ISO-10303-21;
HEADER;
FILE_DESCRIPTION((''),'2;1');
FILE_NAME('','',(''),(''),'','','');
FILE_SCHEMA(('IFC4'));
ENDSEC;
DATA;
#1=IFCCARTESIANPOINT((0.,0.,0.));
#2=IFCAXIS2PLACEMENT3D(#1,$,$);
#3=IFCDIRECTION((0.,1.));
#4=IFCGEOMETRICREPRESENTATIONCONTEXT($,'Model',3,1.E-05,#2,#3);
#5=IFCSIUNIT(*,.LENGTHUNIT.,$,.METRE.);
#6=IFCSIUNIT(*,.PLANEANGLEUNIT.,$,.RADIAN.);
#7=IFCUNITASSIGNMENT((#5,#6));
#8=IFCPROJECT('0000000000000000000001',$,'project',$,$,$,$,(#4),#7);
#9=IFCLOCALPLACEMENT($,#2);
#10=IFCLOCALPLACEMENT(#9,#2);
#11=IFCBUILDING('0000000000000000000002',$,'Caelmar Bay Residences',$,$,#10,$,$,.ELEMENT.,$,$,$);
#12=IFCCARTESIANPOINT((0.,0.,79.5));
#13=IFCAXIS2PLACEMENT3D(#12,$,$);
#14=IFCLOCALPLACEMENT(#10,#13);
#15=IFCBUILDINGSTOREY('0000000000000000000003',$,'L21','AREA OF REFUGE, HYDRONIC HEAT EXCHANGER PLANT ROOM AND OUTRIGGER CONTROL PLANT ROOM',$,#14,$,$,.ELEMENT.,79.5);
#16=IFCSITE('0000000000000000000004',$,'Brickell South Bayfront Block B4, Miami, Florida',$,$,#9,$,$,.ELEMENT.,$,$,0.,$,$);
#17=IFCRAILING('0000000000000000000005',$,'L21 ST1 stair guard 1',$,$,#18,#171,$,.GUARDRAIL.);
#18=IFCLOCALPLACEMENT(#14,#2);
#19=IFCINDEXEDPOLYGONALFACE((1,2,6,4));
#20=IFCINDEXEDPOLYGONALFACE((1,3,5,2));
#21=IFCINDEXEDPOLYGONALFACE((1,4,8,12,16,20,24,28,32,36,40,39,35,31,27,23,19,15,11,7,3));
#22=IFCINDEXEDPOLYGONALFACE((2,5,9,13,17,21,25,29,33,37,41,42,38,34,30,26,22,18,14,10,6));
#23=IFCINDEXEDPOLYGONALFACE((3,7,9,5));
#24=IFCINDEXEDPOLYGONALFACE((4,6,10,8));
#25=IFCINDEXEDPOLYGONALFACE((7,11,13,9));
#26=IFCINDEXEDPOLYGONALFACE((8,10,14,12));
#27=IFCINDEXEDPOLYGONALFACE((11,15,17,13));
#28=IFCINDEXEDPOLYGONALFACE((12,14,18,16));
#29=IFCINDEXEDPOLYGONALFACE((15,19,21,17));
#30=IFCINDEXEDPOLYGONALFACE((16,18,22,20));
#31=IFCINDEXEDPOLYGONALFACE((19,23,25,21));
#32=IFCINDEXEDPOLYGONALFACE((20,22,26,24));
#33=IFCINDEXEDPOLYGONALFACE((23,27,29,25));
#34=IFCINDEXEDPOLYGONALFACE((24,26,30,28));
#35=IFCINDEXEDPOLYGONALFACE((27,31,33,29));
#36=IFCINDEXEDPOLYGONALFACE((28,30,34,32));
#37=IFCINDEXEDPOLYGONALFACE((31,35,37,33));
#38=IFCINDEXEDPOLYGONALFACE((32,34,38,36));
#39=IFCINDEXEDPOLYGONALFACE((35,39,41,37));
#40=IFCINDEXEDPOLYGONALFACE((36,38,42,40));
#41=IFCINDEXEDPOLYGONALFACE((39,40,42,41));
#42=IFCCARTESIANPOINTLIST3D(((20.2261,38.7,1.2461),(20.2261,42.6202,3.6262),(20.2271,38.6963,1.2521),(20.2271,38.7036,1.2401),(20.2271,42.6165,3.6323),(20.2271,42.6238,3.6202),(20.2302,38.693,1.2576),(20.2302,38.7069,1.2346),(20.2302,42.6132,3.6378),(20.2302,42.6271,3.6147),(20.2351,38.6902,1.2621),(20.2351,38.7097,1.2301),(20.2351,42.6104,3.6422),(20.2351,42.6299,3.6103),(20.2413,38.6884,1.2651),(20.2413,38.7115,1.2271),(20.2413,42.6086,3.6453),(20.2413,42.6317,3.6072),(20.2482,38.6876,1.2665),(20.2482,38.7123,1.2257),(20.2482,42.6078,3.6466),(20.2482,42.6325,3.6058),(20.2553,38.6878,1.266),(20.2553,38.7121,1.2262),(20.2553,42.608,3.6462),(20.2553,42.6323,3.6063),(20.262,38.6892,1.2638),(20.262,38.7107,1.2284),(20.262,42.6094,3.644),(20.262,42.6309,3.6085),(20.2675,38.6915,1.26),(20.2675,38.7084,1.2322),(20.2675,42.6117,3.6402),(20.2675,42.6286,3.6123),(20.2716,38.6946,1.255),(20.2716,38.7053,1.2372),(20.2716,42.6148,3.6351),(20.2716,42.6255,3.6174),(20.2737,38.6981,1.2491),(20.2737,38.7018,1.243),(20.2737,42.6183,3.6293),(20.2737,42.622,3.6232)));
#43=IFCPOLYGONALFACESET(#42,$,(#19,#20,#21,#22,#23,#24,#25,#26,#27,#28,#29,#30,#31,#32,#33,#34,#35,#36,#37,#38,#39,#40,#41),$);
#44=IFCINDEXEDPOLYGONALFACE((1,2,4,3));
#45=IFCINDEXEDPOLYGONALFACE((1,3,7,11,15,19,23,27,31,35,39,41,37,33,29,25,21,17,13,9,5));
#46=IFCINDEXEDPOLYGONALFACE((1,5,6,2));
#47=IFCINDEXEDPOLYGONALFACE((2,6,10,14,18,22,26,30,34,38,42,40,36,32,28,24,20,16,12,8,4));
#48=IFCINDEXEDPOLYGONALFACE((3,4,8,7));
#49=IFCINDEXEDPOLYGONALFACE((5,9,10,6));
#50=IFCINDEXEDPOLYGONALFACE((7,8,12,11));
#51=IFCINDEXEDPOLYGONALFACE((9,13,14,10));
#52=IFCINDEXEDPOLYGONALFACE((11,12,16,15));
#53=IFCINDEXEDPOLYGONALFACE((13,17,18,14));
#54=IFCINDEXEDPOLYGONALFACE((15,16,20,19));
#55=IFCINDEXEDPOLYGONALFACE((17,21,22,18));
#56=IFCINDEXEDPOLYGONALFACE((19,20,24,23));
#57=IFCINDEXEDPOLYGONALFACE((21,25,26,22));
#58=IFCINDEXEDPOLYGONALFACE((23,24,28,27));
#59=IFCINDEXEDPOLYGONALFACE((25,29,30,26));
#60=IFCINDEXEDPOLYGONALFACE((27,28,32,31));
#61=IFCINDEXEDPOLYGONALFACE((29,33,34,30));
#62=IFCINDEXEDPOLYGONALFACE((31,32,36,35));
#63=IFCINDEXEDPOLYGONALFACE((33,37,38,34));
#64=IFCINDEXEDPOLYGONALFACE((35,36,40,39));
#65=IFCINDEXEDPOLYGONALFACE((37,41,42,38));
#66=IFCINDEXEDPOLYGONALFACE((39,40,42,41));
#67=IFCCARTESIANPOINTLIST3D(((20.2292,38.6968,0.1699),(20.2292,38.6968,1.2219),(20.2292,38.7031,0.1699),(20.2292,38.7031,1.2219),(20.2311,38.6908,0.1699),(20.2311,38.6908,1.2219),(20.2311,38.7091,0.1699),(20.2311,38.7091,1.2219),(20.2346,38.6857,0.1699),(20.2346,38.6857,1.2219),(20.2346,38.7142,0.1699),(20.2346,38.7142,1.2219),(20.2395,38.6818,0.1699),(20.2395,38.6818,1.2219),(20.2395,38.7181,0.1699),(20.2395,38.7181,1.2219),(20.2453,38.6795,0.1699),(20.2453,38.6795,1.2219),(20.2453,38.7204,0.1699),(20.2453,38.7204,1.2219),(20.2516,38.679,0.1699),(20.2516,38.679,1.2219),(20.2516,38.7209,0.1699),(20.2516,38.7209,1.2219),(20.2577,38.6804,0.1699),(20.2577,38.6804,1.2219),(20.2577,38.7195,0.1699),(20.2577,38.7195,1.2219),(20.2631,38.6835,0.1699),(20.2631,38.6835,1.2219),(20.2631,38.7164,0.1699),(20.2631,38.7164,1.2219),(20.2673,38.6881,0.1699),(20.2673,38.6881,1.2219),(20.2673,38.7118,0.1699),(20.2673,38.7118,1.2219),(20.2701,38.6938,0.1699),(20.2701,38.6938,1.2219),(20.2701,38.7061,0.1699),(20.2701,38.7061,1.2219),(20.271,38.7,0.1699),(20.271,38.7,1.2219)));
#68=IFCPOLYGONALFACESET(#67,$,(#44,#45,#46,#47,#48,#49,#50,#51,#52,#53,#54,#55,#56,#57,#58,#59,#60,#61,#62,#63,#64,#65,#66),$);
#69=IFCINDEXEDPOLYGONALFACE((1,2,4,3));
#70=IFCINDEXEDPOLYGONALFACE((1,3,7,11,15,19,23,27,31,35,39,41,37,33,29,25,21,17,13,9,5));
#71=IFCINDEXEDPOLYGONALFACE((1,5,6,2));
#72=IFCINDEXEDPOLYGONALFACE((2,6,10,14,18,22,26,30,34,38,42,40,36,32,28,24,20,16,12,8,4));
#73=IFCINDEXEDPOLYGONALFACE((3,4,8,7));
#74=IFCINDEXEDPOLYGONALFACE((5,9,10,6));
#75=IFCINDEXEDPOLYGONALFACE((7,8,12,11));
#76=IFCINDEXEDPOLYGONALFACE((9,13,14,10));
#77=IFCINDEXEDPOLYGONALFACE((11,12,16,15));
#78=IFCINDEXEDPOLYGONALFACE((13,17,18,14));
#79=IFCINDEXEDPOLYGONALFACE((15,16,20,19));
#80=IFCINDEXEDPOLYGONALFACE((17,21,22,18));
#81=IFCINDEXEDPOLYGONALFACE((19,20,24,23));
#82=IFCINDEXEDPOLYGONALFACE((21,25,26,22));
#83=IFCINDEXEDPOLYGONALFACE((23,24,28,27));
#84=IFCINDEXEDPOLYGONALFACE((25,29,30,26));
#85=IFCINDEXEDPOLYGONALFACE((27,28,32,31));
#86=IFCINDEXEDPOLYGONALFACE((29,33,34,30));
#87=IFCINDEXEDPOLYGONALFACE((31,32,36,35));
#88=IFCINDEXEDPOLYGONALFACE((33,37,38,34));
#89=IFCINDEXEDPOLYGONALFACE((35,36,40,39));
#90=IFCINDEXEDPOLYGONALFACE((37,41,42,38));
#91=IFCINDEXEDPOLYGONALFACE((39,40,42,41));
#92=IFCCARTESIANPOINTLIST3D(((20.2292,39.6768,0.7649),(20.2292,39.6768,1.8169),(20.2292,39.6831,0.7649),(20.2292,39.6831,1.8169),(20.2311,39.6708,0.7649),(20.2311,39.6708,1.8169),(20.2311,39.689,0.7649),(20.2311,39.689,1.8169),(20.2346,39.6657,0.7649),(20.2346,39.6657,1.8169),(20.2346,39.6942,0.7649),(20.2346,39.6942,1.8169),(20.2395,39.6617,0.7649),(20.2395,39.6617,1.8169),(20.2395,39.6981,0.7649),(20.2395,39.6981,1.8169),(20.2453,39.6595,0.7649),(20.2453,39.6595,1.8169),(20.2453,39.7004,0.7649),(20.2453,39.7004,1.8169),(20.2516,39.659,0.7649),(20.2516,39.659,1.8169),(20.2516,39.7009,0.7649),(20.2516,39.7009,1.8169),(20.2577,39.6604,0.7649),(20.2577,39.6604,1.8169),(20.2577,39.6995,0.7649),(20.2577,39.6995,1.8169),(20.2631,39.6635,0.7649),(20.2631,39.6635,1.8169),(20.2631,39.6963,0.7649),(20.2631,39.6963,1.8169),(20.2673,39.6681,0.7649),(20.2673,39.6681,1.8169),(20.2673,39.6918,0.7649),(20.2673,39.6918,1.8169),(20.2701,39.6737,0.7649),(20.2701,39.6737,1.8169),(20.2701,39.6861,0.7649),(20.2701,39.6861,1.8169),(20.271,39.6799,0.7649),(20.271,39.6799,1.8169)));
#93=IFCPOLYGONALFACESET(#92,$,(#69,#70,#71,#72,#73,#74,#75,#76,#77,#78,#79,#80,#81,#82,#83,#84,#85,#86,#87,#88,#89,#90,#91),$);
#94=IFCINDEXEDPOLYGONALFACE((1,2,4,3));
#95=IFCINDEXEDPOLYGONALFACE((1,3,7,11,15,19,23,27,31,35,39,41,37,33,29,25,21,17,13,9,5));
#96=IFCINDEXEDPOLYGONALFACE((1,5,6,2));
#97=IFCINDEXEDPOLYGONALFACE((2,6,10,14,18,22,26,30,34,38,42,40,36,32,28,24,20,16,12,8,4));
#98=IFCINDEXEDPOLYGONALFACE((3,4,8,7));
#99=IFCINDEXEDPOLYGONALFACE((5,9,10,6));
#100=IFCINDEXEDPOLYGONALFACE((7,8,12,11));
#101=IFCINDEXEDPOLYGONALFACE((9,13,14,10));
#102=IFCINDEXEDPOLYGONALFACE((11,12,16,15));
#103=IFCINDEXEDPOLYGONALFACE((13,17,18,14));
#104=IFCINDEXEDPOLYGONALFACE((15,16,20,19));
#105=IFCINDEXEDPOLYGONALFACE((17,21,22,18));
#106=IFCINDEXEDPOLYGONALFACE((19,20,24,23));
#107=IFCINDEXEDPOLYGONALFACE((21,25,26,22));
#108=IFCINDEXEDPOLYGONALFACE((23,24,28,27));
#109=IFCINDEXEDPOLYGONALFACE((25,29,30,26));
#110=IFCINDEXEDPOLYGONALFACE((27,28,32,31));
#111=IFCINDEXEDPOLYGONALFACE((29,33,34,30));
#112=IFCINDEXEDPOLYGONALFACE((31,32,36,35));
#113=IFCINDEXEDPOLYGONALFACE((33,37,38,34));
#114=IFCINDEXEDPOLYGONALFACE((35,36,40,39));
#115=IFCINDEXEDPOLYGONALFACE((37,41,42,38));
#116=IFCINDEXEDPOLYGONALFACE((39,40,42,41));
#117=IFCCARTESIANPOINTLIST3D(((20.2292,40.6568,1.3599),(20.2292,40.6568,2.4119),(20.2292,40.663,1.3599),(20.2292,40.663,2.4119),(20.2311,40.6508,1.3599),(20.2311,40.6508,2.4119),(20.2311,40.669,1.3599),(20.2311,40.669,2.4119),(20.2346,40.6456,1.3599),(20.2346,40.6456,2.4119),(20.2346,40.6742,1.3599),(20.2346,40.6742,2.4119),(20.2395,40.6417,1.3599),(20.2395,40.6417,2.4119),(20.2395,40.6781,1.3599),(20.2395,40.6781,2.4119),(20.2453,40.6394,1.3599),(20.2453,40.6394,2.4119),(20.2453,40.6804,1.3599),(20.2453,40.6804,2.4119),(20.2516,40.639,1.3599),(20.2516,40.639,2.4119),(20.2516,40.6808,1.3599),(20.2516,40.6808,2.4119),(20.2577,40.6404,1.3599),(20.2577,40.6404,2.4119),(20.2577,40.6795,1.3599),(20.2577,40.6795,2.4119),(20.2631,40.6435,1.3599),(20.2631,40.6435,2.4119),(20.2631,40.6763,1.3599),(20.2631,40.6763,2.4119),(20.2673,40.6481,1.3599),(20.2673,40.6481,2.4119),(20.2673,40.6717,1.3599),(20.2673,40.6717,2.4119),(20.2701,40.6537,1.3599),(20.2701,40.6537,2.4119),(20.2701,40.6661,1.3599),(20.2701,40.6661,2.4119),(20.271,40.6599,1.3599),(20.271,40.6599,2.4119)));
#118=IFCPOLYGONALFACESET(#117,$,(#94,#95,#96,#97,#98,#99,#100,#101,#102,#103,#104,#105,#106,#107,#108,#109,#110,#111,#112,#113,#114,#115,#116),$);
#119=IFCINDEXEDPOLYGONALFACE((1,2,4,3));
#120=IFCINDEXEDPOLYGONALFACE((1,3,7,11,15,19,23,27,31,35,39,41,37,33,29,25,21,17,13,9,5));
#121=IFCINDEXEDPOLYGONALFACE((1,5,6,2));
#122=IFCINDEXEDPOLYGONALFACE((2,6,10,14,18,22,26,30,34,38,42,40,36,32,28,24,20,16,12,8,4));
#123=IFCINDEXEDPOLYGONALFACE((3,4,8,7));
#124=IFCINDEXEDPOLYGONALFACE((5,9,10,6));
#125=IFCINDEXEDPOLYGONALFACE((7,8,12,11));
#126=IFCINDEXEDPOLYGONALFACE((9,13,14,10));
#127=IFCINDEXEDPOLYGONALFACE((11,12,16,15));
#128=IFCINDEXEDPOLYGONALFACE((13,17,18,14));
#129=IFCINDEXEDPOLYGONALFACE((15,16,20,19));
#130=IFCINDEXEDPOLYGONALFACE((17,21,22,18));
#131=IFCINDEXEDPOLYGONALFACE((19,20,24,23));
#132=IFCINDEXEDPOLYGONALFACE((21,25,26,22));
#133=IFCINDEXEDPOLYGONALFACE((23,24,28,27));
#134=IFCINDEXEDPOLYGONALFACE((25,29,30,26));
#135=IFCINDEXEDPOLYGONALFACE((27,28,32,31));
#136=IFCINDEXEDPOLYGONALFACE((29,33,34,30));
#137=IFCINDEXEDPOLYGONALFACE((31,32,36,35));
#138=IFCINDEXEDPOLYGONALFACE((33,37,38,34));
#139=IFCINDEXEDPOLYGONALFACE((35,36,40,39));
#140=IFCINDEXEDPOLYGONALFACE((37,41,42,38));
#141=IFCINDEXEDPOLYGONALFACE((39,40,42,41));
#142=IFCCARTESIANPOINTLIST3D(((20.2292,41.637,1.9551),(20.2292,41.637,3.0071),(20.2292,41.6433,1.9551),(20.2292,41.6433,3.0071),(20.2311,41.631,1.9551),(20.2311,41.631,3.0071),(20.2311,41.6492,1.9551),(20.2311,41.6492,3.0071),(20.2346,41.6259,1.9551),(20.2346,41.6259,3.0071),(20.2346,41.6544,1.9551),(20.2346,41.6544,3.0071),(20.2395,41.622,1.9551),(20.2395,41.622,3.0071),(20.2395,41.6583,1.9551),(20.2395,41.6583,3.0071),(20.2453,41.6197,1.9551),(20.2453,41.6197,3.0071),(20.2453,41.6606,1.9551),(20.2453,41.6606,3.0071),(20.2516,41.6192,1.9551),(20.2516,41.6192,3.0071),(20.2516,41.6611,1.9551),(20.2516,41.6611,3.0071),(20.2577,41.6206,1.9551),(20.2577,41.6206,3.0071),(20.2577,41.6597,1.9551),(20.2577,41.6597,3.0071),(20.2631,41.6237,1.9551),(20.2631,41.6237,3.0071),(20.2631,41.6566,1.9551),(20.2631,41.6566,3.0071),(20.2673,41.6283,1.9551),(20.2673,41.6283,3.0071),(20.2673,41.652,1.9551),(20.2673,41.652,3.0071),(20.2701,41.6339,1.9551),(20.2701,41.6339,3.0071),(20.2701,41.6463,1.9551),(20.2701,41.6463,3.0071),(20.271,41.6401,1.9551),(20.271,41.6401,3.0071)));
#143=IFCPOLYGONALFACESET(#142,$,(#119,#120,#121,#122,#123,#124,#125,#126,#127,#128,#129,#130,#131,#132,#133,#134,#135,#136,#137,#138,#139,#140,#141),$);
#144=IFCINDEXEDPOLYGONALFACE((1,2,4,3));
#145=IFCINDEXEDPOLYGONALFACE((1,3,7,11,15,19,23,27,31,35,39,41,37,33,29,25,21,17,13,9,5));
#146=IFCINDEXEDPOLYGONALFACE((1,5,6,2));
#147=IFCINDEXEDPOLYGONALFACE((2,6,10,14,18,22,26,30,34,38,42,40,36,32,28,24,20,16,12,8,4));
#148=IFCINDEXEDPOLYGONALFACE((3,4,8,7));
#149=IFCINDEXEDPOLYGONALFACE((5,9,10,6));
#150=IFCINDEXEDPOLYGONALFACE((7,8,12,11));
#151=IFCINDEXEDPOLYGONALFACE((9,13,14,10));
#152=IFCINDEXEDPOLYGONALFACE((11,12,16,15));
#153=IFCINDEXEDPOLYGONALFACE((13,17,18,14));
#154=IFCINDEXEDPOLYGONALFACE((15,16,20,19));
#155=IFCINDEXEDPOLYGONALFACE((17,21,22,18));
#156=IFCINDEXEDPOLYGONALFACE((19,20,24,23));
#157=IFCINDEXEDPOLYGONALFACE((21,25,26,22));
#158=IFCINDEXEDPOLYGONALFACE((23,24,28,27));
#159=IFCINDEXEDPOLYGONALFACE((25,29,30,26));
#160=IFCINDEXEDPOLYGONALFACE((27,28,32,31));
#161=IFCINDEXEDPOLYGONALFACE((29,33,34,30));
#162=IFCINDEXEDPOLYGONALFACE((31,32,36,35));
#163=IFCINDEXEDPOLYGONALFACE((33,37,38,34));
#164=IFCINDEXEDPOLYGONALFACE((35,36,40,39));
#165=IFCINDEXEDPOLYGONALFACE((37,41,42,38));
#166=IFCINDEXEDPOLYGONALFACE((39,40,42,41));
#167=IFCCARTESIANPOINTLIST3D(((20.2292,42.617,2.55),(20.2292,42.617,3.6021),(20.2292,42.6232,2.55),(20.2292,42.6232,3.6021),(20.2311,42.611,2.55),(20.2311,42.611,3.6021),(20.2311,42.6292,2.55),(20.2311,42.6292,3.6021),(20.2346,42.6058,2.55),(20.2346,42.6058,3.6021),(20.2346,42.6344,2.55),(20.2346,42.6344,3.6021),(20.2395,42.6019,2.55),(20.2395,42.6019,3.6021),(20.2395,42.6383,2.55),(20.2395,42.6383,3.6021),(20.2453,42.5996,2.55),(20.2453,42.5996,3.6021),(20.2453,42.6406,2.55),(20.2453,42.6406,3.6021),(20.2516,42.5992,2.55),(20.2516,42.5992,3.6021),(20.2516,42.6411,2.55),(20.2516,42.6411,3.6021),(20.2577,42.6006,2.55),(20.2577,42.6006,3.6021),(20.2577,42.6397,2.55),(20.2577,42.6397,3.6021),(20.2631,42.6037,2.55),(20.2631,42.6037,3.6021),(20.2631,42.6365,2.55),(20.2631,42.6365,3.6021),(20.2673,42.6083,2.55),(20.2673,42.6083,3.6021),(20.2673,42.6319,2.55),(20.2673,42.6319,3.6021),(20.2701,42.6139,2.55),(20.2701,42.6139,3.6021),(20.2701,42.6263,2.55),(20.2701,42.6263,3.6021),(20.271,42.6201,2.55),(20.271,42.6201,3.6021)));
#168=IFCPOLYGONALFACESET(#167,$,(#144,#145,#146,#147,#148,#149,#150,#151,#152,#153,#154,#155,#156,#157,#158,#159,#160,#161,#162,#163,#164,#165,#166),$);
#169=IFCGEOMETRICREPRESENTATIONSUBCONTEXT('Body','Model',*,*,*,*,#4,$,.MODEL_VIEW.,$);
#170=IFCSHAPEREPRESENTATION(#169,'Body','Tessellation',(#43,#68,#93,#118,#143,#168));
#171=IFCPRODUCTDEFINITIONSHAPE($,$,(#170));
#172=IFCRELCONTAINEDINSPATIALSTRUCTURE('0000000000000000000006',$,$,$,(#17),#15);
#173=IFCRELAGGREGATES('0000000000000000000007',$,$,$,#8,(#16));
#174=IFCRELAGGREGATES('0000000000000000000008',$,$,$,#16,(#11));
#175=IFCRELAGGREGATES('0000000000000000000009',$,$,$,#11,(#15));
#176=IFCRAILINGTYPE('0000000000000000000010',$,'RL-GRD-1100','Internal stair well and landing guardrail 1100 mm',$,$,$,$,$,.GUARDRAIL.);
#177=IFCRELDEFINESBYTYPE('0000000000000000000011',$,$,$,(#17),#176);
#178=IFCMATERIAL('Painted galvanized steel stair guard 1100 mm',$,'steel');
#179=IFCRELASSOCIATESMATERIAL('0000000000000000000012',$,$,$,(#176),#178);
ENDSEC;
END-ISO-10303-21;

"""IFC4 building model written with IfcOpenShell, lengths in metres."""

from ifc_helpers import new_model, si_unit, direction, frame, origin, origin_2d, place, context, subcontext, project, spatial, circle, extrude, material, type_object, element, save


model = new_model("IFC4")

# Units and contexts
model_context = context("Model", 3, precision=1e-05, world=origin(), true_north=direction((0.0, 1.0)))
body_context = subcontext(model_context, "Body", "Model", "MODEL_VIEW")
ifc_project = project(units=[si_unit("LENGTHUNIT", "METRE"), si_unit("PLANEANGLEUNIT", "RADIAN")], contexts=[model_context])

# Site, building, storey
site_placement = place(None, origin())
site = spatial("IfcSite", under=ifc_project, at=site_placement, Name="Brickell South Bayfront Block B4, Miami, Florida", CompositionType="ELEMENT", RefElevation=0.0)
building_placement = place(site_placement, origin())
building = spatial("IfcBuilding", under=site, at=building_placement, Name="Caelmar Bay Residences", CompositionType="ELEMENT")
storey_placement = place(building_placement, frame((0.0, 0.0, 79.5)))
storey = spatial("IfcBuildingStorey", under=building, at=storey_placement, Name="L21", Description="AREA OF REFUGE, HYDRONIC HEAT EXCHANGER PLANT ROOM AND OUTRIGGER CONTROL PLANT ROOM", CompositionType="ELEMENT", Elevation=79.5)

# Railing
ifc_material_1 = material(Name="Painted galvanized steel stair guard 1100 mm", Category="steel")
railing_type_1 = type_object("IfcRailingType", Name="RL-GRD-1100", Description="Internal stair well and landing guardrail 1100 mm", PredefinedType="GUARDRAIL", material=ifc_material_1)
railing_1_placement = place(storey_placement, frame((20.25, 38.7, 0.1699)))
element("IfcRailing", 1, at=railing_1_placement, inside=storey, type_object=railing_type_1, Name="L21 ST1 stair guard 1", PredefinedType="GUARDRAIL", context=body_context, shape_type="SweptSolid", body=[
    extrude(circle(Radius=0.0239, at=origin_2d()), frame((0.0, 0.0, 1.0762), z_axis=(0.0, 0.854785, 0.518982), x_axis=(-1.0, 0.0, 0.0)), (0.0, 0.0, 1.0), 4.5862),
    extrude(circle(Radius=0.021, at=origin_2d()), origin(), (0.0, 0.0, 1.0), 1.052),
    extrude(circle(Radius=0.021, at=origin_2d()), frame((0.0, 0.98, 0.595)), (0.0, 0.0, 1.0), 1.052),
    extrude(circle(Radius=0.021, at=origin_2d()), frame((0.0, 1.96, 1.1899)), (0.0, 0.0, 1.0), 1.052),
    extrude(circle(Radius=0.021, at=origin_2d()), frame((0.0, 2.9402, 1.7852)), (0.0, 0.0, 1.0), 1.052),
    extrude(circle(Radius=0.021, at=origin_2d()), frame((0.0, 3.9202, 2.3801)), (0.0, 0.0, 1.0), 1.052),
])

save(model, "model.ifc")
